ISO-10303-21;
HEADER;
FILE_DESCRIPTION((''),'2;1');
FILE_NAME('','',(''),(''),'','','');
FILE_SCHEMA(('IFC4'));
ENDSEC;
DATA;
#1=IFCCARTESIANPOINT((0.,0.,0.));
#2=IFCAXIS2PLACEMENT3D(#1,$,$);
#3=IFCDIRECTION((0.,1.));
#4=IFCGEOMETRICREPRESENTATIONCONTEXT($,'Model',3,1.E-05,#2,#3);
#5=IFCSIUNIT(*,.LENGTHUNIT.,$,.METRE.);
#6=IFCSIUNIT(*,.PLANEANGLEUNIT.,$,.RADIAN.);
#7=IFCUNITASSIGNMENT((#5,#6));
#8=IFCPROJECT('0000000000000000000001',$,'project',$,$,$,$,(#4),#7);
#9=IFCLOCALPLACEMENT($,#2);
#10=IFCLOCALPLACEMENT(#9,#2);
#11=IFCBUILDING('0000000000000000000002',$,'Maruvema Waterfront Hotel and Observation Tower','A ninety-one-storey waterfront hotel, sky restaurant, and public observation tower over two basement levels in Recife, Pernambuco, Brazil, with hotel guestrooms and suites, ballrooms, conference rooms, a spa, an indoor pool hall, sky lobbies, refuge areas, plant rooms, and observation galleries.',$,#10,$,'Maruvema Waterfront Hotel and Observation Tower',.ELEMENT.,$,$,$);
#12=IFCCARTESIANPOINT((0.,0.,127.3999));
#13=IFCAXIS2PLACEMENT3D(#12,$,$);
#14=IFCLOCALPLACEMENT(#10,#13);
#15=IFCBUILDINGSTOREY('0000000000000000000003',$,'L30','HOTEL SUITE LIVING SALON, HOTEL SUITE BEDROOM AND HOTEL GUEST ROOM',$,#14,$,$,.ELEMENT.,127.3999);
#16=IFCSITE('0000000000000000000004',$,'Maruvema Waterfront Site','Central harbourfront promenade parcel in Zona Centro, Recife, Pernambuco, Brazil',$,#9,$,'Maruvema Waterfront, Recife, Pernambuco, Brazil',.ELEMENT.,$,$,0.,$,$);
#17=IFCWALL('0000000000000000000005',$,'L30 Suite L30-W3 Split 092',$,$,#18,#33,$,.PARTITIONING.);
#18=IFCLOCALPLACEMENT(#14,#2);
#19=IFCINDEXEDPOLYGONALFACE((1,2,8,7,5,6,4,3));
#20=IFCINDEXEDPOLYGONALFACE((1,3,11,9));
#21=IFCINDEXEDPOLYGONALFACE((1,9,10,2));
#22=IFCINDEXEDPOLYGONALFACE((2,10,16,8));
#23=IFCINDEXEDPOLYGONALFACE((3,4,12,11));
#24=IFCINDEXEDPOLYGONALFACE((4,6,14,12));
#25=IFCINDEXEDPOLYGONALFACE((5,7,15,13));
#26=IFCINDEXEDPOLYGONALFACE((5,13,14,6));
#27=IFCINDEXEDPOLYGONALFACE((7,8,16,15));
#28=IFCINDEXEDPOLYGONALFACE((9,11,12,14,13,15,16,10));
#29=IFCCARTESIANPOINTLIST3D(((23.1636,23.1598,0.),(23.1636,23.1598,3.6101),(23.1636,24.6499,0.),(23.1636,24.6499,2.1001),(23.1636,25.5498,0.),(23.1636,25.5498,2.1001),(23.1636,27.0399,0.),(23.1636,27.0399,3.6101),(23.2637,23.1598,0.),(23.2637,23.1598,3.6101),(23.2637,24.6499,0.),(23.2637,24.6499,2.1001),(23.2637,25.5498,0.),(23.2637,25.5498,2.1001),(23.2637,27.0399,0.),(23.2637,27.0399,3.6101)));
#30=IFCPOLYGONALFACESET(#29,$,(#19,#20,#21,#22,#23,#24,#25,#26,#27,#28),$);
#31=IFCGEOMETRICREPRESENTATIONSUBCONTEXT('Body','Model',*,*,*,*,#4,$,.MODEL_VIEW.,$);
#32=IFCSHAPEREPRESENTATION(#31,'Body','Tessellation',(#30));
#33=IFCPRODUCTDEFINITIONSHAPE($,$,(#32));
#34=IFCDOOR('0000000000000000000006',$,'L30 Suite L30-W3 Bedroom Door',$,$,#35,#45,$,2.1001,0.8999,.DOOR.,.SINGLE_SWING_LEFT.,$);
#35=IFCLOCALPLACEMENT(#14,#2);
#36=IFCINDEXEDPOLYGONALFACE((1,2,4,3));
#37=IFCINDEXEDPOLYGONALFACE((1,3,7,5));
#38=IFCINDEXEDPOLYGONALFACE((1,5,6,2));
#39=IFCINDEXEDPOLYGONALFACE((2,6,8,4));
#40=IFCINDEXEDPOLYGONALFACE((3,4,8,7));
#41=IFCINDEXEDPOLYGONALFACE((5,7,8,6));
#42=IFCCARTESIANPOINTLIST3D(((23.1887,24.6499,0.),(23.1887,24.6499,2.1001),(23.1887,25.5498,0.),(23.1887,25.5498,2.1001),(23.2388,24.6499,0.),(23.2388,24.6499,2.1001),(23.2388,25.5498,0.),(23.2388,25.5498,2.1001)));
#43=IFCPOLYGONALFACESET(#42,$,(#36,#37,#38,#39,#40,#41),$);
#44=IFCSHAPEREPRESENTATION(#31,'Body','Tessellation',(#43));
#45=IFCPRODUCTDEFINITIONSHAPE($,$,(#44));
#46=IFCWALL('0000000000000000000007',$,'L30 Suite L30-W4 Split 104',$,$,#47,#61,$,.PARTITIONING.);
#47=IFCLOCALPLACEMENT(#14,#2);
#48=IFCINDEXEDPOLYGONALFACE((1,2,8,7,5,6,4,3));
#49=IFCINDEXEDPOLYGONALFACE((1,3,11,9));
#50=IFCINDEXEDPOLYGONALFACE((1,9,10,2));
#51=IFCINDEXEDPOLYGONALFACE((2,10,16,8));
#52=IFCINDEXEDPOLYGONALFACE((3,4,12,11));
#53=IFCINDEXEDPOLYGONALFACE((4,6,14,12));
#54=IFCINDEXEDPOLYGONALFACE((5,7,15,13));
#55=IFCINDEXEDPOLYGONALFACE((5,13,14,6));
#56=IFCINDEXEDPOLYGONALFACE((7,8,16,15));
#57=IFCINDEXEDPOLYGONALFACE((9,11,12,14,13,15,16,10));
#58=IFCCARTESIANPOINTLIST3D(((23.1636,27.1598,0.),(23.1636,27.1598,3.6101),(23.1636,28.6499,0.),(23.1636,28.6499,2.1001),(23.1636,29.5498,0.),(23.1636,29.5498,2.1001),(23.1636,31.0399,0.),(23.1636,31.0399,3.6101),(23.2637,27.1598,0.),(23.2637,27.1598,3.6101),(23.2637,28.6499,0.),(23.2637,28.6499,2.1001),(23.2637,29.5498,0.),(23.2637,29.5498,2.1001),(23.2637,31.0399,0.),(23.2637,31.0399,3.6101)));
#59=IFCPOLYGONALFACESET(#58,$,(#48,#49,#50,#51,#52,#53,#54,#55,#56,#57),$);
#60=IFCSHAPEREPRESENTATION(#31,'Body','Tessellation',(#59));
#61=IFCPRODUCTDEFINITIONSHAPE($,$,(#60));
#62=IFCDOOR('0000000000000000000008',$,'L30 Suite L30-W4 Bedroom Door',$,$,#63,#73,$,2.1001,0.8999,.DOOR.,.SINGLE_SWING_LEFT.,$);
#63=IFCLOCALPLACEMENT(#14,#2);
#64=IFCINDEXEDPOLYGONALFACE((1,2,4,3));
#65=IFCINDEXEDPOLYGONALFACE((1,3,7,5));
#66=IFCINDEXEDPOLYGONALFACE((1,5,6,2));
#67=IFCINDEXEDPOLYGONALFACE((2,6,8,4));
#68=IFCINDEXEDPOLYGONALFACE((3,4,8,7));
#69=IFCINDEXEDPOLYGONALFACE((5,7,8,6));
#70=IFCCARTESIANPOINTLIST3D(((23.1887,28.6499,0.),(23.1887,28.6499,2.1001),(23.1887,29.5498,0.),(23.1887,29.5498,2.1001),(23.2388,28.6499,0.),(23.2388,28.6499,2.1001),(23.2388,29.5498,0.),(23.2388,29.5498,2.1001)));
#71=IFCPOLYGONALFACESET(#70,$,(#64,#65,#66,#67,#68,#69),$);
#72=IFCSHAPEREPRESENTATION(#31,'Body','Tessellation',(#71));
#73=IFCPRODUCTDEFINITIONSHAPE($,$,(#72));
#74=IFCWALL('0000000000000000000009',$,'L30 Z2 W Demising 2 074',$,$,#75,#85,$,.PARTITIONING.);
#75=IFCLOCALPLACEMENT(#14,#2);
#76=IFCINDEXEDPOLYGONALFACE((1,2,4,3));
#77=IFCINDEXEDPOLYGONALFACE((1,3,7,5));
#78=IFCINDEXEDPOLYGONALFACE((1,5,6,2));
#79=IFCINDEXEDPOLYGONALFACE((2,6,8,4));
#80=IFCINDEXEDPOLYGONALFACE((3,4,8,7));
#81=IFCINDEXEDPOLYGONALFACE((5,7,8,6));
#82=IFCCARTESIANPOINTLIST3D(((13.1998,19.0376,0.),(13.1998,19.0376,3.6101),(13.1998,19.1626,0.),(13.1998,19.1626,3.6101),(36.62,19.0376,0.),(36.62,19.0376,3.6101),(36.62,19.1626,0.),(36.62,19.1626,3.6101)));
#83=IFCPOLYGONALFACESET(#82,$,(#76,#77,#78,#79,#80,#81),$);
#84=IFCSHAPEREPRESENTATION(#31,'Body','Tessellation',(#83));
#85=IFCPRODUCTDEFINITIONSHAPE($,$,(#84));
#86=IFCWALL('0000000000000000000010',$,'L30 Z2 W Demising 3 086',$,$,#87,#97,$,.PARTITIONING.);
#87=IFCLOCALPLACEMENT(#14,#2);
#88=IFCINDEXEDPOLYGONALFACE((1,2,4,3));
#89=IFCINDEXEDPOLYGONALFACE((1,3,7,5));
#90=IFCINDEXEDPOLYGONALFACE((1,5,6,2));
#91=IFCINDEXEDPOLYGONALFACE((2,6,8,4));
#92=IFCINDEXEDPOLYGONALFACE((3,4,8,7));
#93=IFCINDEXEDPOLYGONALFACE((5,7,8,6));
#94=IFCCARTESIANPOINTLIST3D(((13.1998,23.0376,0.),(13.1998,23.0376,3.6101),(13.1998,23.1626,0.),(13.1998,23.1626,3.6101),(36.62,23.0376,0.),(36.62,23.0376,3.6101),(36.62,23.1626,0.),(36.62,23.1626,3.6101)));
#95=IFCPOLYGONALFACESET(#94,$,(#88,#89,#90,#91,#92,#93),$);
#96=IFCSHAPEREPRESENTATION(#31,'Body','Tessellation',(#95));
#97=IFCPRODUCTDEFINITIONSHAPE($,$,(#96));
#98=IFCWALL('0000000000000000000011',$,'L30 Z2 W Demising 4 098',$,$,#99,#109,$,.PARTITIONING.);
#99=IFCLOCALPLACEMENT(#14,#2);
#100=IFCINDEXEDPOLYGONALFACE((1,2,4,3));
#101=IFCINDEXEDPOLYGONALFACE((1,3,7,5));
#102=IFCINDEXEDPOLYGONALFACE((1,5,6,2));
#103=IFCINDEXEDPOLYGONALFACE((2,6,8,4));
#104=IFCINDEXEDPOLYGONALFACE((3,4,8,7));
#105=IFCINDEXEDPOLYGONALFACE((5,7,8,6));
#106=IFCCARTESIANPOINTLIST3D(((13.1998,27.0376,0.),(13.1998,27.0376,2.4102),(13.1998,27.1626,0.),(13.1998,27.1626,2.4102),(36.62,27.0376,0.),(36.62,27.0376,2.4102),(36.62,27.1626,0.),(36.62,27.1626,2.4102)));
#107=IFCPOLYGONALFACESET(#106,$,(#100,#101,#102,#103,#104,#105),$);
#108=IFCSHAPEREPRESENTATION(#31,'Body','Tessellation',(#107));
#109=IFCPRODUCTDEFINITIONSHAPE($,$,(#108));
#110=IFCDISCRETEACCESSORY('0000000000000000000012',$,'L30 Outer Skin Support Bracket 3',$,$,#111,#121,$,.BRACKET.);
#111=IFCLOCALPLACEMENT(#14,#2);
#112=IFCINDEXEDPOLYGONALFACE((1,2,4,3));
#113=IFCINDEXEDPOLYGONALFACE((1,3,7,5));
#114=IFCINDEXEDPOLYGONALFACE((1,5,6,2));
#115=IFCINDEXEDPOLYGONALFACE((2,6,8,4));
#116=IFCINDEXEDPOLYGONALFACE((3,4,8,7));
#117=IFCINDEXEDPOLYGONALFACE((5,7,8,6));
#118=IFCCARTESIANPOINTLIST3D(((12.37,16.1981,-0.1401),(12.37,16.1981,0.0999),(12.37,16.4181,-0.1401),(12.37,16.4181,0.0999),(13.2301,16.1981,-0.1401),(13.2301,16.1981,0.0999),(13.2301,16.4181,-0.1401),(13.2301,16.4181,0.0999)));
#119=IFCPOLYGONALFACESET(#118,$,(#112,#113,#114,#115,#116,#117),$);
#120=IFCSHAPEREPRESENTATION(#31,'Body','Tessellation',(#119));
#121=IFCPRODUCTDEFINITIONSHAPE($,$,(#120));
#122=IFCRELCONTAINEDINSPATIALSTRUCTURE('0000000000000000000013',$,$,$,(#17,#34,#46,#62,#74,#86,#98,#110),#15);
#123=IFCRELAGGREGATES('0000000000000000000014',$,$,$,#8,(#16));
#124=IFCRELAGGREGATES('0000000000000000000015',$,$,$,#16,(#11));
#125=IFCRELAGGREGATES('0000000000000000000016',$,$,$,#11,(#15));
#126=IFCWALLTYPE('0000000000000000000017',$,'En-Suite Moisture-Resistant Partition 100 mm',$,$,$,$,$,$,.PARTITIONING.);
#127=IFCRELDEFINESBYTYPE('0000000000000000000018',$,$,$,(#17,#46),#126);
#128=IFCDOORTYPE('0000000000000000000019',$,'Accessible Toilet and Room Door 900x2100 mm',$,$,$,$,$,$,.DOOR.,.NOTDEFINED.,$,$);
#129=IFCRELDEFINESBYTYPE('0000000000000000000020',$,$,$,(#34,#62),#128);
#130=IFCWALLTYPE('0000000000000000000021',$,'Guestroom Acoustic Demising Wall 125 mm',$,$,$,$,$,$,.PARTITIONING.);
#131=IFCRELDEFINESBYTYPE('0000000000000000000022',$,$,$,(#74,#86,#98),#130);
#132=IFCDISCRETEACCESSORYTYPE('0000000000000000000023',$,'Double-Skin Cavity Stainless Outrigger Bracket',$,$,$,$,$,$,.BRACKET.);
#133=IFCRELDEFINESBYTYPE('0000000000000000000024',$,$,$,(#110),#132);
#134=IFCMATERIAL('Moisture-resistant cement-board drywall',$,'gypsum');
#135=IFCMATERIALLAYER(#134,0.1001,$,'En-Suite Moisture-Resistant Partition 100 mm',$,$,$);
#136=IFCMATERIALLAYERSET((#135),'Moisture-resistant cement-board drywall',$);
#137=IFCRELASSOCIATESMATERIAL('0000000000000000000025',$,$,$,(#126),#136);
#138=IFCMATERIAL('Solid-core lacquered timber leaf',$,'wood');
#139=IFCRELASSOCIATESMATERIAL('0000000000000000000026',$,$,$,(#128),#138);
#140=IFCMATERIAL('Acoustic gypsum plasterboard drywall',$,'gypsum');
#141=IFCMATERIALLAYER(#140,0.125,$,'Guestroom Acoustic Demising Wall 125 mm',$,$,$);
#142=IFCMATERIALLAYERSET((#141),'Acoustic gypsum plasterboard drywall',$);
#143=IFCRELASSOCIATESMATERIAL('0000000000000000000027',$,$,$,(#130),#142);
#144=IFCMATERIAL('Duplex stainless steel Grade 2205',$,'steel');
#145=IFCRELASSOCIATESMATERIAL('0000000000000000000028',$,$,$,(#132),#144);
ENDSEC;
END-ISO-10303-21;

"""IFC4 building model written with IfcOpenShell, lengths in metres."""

from ifc_helpers import new_model, si_unit, direction, frame, frame_2d, origin, origin_2d, place, context, subcontext, project, spatial, rectangle, extrude, material, layer, layer_set, type_object, element, fill, save


model = new_model("IFC4")

# Units and contexts
model_context = context("Model", 3, precision=1e-05, world=origin(), true_north=direction((0.0, 1.0)))
body_context = subcontext(model_context, "Body", "Model", "MODEL_VIEW")
ifc_project = project(units=[si_unit("LENGTHUNIT", "METRE"), si_unit("PLANEANGLEUNIT", "RADIAN")], contexts=[model_context])

# Site, building, storey
site_placement = place(None, origin())
site = spatial("IfcSite", under=ifc_project, at=site_placement, Name="Maruvema Waterfront Site", Description="Central harbourfront promenade parcel in Zona Centro, Recife, Pernambuco, Brazil", LongName="Maruvema Waterfront, Recife, Pernambuco, Brazil", CompositionType="ELEMENT", RefElevation=0.0)
building_placement = place(site_placement, origin())
building = spatial("IfcBuilding", under=site, at=building_placement, Name="Maruvema Waterfront Hotel and Observation Tower", Description="A ninety-one-storey waterfront hotel, sky restaurant, and public observation tower over two basement levels in Recife, Pernambuco, Brazil, with hotel guestrooms and suites, ballrooms, conference rooms, a spa, an indoor pool hall, sky lobbies, refuge areas, plant rooms, and observation galleries.", LongName="Maruvema Waterfront Hotel and Observation Tower", CompositionType="ELEMENT")
storey_placement = place(building_placement, frame((0.0, 0.0, 127.3999)))
storey = spatial("IfcBuildingStorey", under=building, at=storey_placement, Name="L30", Description="HOTEL SUITE LIVING SALON, HOTEL SUITE BEDROOM AND HOTEL GUEST ROOM", CompositionType="ELEMENT", Elevation=127.3999)

# Walls, openings, doors
ifc_material_1 = material(Name="Moisture-resistant cement-board drywall", Category="gypsum")
ifc_layer_1 = layer(ifc_material_1, 0.1001, Name="En-Suite Moisture-Resistant Partition 100 mm")
ifc_layer_set_1 = layer_set([ifc_layer_1], Name="Moisture-resistant cement-board drywall")
wall_type_1 = type_object("IfcWallType", Name="En-Suite Moisture-Resistant Partition 100 mm", PredefinedType="PARTITIONING", material=ifc_layer_set_1)
ifc_material_2 = material(Name="Solid-core lacquered timber leaf", Category="wood")
door_type = type_object("IfcDoorType", Name="Accessible Toilet and Room Door 900x2100 mm", OperationType="NOTDEFINED", PredefinedType="DOOR", material=ifc_material_2)
wall_1_placement = place(storey_placement, frame((23.2136, 23.1599, 0.0), z_axis=(0.0, 0.0, 1.0), x_axis=(0.0, 1.0, 0.0)))
wall_1 = element("IfcWall", 1, at=wall_1_placement, inside=storey, type_object=wall_type_1, Name="L30 Suite L30-W3 Split 092", PredefinedType="PARTITIONING", context=body_context, shape_type="SweptSolid", body=[
    extrude(rectangle(XDim=3.8801, YDim=0.1001, at=frame_2d((1.9399, 0.0))), origin(), (0.0, 0.0, 1.0), 3.6101),
])
opening_1_placement = place(wall_1_placement, frame((1.49, 0.0, 0.0)))
opening_1 = element("IfcOpeningElement", 2, at=opening_1_placement, cuts=wall_1, PredefinedType="OPENING", context=body_context, shape_type="SweptSolid", body=[
    extrude(rectangle(XDim=0.8999, YDim=2.1001, at=frame_2d((0.45, 1.05))), frame((0.0, 0.0601, 0.0), z_axis=(0.0, -1.0, 0.0), x_axis=(1.0, 0.0, 0.0)), (0.0, 0.0, 1.0), 0.1201),
])
door_1_placement = place(opening_1_placement, origin())
door_1 = element("IfcDoor", 3, at=door_1_placement, inside=storey, type_object=door_type, Name="L30 Suite L30-W3 Bedroom Door", OperationType="SINGLE_SWING_LEFT", OverallHeight=2.1001, OverallWidth=0.8999, PredefinedType="DOOR", context=body_context, shape_type="SweptSolid", body=[
    extrude(rectangle(XDim=0.8999, YDim=2.1001, at=frame_2d((0.45, 1.05))), frame((0.0, 0.0249, 0.0), z_axis=(0.0, -1.0, 0.0), x_axis=(1.0, 0.0, 0.0)), (0.0, 0.0, 1.0), 0.05),
])
fill(opening_1, door_1)
wall_2_placement = place(storey_placement, frame((23.2136, 27.1599, 0.0), z_axis=(0.0, 0.0, 1.0), x_axis=(0.0, 1.0, 0.0)))
wall_2 = element("IfcWall", 4, at=wall_2_placement, inside=storey, type_object=wall_type_1, Name="L30 Suite L30-W4 Split 104", PredefinedType="PARTITIONING", context=body_context, shape_type="SweptSolid", body=[
    extrude(rectangle(XDim=3.8801, YDim=0.1001, at=frame_2d((1.9399, 0.0))), origin(), (0.0, 0.0, 1.0), 3.6101),
])
opening_2_placement = place(wall_2_placement, frame((1.49, 0.0, 0.0)))
opening_2 = element("IfcOpeningElement", 5, at=opening_2_placement, cuts=wall_2, PredefinedType="OPENING", context=body_context, shape_type="SweptSolid", body=[
    extrude(rectangle(XDim=0.8999, YDim=2.1001, at=frame_2d((0.45, 1.05))), frame((0.0, 0.0601, 0.0), z_axis=(0.0, -1.0, 0.0), x_axis=(1.0, 0.0, 0.0)), (0.0, 0.0, 1.0), 0.1201),
])
door_2_placement = place(opening_2_placement, origin())
door_2 = element("IfcDoor", 6, at=door_2_placement, inside=storey, type_object=door_type, Name="L30 Suite L30-W4 Bedroom Door", OperationType="SINGLE_SWING_LEFT", OverallHeight=2.1001, OverallWidth=0.8999, PredefinedType="DOOR", context=body_context, shape_type="SweptSolid", body=[
    extrude(rectangle(XDim=0.8999, YDim=2.1001, at=frame_2d((0.45, 1.05))), frame((0.0, 0.0249, 0.0), z_axis=(0.0, -1.0, 0.0), x_axis=(1.0, 0.0, 0.0)), (0.0, 0.0, 1.0), 0.05),
])
fill(opening_2, door_2)

# Walls
ifc_material_3 = material(Name="Acoustic gypsum plasterboard drywall", Category="gypsum")
ifc_layer_2 = layer(ifc_material_3, 0.125, Name="Guestroom Acoustic Demising Wall 125 mm")
ifc_layer_set_2 = layer_set([ifc_layer_2], Name="Acoustic gypsum plasterboard drywall")
wall_type_2 = type_object("IfcWallType", Name="Guestroom Acoustic Demising Wall 125 mm", PredefinedType="PARTITIONING", material=ifc_layer_set_2)
for number, where, z_axis, x_axis, name in (
    (7, (13.2, 19.1001, 0.0), (0.0, 0.0, 1.0), (1.0, 0.0, 0.0), "L30 Z2 W Demising 2 074"),
    (8, (13.2, 23.1001, 0.0), (0.0, 0.0, 1.0), (1.0, 0.0, 0.0), "L30 Z2 W Demising 3 086"),
):
    element("IfcWall", number, at=place(storey_placement, frame(where, z_axis=z_axis, x_axis=x_axis)), inside=storey, type_object=wall_type_2, Name=name, PredefinedType="PARTITIONING", context=body_context, shape_type="SweptSolid", body=[
        extrude(rectangle(XDim=23.4202, YDim=0.125, at=frame_2d((11.71, 0.0))), origin(), (0.0, 0.0, 1.0), 3.6101),
    ])
wall_3_placement = place(storey_placement, frame((13.2, 27.1001, 0.0), z_axis=(0.0, 0.0, 1.0), x_axis=(1.0, 0.0, 0.0)))
element("IfcWall", 9, at=wall_3_placement, inside=storey, type_object=wall_type_2, Name="L30 Z2 W Demising 4 098", PredefinedType="PARTITIONING", context=body_context, shape_type="SweptSolid", body=[
    extrude(rectangle(XDim=23.4202, YDim=0.125, at=frame_2d((11.71, 0.0))), origin(), (0.0, 0.0, 1.0), 2.4102),
])

# Discrete accessory
ifc_material_4 = material(Name="Duplex stainless steel Grade 2205", Category="steel")
discrete_accessory_type = type_object("IfcDiscreteAccessoryType", Name="Double-Skin Cavity Stainless Outrigger Bracket", PredefinedType="BRACKET", material=ifc_material_4)
discrete_accessory_placement = place(storey_placement, frame((12.8, 16.3081, -0.1401), z_axis=(0.0, 0.0, 1.0), x_axis=(0.0, -1.0, 0.0)))
element("IfcDiscreteAccessory", 10, at=discrete_accessory_placement, inside=storey, type_object=discrete_accessory_type, Name="L30 Outer Skin Support Bracket 3", PredefinedType="BRACKET", context=body_context, shape_type="SweptSolid", body=[
    extrude(rectangle(XDim=0.22, YDim=0.8601, at=origin_2d()), origin(), (0.0, 0.0, 1.0), 0.24),
])

save(model, "model.ifc")
